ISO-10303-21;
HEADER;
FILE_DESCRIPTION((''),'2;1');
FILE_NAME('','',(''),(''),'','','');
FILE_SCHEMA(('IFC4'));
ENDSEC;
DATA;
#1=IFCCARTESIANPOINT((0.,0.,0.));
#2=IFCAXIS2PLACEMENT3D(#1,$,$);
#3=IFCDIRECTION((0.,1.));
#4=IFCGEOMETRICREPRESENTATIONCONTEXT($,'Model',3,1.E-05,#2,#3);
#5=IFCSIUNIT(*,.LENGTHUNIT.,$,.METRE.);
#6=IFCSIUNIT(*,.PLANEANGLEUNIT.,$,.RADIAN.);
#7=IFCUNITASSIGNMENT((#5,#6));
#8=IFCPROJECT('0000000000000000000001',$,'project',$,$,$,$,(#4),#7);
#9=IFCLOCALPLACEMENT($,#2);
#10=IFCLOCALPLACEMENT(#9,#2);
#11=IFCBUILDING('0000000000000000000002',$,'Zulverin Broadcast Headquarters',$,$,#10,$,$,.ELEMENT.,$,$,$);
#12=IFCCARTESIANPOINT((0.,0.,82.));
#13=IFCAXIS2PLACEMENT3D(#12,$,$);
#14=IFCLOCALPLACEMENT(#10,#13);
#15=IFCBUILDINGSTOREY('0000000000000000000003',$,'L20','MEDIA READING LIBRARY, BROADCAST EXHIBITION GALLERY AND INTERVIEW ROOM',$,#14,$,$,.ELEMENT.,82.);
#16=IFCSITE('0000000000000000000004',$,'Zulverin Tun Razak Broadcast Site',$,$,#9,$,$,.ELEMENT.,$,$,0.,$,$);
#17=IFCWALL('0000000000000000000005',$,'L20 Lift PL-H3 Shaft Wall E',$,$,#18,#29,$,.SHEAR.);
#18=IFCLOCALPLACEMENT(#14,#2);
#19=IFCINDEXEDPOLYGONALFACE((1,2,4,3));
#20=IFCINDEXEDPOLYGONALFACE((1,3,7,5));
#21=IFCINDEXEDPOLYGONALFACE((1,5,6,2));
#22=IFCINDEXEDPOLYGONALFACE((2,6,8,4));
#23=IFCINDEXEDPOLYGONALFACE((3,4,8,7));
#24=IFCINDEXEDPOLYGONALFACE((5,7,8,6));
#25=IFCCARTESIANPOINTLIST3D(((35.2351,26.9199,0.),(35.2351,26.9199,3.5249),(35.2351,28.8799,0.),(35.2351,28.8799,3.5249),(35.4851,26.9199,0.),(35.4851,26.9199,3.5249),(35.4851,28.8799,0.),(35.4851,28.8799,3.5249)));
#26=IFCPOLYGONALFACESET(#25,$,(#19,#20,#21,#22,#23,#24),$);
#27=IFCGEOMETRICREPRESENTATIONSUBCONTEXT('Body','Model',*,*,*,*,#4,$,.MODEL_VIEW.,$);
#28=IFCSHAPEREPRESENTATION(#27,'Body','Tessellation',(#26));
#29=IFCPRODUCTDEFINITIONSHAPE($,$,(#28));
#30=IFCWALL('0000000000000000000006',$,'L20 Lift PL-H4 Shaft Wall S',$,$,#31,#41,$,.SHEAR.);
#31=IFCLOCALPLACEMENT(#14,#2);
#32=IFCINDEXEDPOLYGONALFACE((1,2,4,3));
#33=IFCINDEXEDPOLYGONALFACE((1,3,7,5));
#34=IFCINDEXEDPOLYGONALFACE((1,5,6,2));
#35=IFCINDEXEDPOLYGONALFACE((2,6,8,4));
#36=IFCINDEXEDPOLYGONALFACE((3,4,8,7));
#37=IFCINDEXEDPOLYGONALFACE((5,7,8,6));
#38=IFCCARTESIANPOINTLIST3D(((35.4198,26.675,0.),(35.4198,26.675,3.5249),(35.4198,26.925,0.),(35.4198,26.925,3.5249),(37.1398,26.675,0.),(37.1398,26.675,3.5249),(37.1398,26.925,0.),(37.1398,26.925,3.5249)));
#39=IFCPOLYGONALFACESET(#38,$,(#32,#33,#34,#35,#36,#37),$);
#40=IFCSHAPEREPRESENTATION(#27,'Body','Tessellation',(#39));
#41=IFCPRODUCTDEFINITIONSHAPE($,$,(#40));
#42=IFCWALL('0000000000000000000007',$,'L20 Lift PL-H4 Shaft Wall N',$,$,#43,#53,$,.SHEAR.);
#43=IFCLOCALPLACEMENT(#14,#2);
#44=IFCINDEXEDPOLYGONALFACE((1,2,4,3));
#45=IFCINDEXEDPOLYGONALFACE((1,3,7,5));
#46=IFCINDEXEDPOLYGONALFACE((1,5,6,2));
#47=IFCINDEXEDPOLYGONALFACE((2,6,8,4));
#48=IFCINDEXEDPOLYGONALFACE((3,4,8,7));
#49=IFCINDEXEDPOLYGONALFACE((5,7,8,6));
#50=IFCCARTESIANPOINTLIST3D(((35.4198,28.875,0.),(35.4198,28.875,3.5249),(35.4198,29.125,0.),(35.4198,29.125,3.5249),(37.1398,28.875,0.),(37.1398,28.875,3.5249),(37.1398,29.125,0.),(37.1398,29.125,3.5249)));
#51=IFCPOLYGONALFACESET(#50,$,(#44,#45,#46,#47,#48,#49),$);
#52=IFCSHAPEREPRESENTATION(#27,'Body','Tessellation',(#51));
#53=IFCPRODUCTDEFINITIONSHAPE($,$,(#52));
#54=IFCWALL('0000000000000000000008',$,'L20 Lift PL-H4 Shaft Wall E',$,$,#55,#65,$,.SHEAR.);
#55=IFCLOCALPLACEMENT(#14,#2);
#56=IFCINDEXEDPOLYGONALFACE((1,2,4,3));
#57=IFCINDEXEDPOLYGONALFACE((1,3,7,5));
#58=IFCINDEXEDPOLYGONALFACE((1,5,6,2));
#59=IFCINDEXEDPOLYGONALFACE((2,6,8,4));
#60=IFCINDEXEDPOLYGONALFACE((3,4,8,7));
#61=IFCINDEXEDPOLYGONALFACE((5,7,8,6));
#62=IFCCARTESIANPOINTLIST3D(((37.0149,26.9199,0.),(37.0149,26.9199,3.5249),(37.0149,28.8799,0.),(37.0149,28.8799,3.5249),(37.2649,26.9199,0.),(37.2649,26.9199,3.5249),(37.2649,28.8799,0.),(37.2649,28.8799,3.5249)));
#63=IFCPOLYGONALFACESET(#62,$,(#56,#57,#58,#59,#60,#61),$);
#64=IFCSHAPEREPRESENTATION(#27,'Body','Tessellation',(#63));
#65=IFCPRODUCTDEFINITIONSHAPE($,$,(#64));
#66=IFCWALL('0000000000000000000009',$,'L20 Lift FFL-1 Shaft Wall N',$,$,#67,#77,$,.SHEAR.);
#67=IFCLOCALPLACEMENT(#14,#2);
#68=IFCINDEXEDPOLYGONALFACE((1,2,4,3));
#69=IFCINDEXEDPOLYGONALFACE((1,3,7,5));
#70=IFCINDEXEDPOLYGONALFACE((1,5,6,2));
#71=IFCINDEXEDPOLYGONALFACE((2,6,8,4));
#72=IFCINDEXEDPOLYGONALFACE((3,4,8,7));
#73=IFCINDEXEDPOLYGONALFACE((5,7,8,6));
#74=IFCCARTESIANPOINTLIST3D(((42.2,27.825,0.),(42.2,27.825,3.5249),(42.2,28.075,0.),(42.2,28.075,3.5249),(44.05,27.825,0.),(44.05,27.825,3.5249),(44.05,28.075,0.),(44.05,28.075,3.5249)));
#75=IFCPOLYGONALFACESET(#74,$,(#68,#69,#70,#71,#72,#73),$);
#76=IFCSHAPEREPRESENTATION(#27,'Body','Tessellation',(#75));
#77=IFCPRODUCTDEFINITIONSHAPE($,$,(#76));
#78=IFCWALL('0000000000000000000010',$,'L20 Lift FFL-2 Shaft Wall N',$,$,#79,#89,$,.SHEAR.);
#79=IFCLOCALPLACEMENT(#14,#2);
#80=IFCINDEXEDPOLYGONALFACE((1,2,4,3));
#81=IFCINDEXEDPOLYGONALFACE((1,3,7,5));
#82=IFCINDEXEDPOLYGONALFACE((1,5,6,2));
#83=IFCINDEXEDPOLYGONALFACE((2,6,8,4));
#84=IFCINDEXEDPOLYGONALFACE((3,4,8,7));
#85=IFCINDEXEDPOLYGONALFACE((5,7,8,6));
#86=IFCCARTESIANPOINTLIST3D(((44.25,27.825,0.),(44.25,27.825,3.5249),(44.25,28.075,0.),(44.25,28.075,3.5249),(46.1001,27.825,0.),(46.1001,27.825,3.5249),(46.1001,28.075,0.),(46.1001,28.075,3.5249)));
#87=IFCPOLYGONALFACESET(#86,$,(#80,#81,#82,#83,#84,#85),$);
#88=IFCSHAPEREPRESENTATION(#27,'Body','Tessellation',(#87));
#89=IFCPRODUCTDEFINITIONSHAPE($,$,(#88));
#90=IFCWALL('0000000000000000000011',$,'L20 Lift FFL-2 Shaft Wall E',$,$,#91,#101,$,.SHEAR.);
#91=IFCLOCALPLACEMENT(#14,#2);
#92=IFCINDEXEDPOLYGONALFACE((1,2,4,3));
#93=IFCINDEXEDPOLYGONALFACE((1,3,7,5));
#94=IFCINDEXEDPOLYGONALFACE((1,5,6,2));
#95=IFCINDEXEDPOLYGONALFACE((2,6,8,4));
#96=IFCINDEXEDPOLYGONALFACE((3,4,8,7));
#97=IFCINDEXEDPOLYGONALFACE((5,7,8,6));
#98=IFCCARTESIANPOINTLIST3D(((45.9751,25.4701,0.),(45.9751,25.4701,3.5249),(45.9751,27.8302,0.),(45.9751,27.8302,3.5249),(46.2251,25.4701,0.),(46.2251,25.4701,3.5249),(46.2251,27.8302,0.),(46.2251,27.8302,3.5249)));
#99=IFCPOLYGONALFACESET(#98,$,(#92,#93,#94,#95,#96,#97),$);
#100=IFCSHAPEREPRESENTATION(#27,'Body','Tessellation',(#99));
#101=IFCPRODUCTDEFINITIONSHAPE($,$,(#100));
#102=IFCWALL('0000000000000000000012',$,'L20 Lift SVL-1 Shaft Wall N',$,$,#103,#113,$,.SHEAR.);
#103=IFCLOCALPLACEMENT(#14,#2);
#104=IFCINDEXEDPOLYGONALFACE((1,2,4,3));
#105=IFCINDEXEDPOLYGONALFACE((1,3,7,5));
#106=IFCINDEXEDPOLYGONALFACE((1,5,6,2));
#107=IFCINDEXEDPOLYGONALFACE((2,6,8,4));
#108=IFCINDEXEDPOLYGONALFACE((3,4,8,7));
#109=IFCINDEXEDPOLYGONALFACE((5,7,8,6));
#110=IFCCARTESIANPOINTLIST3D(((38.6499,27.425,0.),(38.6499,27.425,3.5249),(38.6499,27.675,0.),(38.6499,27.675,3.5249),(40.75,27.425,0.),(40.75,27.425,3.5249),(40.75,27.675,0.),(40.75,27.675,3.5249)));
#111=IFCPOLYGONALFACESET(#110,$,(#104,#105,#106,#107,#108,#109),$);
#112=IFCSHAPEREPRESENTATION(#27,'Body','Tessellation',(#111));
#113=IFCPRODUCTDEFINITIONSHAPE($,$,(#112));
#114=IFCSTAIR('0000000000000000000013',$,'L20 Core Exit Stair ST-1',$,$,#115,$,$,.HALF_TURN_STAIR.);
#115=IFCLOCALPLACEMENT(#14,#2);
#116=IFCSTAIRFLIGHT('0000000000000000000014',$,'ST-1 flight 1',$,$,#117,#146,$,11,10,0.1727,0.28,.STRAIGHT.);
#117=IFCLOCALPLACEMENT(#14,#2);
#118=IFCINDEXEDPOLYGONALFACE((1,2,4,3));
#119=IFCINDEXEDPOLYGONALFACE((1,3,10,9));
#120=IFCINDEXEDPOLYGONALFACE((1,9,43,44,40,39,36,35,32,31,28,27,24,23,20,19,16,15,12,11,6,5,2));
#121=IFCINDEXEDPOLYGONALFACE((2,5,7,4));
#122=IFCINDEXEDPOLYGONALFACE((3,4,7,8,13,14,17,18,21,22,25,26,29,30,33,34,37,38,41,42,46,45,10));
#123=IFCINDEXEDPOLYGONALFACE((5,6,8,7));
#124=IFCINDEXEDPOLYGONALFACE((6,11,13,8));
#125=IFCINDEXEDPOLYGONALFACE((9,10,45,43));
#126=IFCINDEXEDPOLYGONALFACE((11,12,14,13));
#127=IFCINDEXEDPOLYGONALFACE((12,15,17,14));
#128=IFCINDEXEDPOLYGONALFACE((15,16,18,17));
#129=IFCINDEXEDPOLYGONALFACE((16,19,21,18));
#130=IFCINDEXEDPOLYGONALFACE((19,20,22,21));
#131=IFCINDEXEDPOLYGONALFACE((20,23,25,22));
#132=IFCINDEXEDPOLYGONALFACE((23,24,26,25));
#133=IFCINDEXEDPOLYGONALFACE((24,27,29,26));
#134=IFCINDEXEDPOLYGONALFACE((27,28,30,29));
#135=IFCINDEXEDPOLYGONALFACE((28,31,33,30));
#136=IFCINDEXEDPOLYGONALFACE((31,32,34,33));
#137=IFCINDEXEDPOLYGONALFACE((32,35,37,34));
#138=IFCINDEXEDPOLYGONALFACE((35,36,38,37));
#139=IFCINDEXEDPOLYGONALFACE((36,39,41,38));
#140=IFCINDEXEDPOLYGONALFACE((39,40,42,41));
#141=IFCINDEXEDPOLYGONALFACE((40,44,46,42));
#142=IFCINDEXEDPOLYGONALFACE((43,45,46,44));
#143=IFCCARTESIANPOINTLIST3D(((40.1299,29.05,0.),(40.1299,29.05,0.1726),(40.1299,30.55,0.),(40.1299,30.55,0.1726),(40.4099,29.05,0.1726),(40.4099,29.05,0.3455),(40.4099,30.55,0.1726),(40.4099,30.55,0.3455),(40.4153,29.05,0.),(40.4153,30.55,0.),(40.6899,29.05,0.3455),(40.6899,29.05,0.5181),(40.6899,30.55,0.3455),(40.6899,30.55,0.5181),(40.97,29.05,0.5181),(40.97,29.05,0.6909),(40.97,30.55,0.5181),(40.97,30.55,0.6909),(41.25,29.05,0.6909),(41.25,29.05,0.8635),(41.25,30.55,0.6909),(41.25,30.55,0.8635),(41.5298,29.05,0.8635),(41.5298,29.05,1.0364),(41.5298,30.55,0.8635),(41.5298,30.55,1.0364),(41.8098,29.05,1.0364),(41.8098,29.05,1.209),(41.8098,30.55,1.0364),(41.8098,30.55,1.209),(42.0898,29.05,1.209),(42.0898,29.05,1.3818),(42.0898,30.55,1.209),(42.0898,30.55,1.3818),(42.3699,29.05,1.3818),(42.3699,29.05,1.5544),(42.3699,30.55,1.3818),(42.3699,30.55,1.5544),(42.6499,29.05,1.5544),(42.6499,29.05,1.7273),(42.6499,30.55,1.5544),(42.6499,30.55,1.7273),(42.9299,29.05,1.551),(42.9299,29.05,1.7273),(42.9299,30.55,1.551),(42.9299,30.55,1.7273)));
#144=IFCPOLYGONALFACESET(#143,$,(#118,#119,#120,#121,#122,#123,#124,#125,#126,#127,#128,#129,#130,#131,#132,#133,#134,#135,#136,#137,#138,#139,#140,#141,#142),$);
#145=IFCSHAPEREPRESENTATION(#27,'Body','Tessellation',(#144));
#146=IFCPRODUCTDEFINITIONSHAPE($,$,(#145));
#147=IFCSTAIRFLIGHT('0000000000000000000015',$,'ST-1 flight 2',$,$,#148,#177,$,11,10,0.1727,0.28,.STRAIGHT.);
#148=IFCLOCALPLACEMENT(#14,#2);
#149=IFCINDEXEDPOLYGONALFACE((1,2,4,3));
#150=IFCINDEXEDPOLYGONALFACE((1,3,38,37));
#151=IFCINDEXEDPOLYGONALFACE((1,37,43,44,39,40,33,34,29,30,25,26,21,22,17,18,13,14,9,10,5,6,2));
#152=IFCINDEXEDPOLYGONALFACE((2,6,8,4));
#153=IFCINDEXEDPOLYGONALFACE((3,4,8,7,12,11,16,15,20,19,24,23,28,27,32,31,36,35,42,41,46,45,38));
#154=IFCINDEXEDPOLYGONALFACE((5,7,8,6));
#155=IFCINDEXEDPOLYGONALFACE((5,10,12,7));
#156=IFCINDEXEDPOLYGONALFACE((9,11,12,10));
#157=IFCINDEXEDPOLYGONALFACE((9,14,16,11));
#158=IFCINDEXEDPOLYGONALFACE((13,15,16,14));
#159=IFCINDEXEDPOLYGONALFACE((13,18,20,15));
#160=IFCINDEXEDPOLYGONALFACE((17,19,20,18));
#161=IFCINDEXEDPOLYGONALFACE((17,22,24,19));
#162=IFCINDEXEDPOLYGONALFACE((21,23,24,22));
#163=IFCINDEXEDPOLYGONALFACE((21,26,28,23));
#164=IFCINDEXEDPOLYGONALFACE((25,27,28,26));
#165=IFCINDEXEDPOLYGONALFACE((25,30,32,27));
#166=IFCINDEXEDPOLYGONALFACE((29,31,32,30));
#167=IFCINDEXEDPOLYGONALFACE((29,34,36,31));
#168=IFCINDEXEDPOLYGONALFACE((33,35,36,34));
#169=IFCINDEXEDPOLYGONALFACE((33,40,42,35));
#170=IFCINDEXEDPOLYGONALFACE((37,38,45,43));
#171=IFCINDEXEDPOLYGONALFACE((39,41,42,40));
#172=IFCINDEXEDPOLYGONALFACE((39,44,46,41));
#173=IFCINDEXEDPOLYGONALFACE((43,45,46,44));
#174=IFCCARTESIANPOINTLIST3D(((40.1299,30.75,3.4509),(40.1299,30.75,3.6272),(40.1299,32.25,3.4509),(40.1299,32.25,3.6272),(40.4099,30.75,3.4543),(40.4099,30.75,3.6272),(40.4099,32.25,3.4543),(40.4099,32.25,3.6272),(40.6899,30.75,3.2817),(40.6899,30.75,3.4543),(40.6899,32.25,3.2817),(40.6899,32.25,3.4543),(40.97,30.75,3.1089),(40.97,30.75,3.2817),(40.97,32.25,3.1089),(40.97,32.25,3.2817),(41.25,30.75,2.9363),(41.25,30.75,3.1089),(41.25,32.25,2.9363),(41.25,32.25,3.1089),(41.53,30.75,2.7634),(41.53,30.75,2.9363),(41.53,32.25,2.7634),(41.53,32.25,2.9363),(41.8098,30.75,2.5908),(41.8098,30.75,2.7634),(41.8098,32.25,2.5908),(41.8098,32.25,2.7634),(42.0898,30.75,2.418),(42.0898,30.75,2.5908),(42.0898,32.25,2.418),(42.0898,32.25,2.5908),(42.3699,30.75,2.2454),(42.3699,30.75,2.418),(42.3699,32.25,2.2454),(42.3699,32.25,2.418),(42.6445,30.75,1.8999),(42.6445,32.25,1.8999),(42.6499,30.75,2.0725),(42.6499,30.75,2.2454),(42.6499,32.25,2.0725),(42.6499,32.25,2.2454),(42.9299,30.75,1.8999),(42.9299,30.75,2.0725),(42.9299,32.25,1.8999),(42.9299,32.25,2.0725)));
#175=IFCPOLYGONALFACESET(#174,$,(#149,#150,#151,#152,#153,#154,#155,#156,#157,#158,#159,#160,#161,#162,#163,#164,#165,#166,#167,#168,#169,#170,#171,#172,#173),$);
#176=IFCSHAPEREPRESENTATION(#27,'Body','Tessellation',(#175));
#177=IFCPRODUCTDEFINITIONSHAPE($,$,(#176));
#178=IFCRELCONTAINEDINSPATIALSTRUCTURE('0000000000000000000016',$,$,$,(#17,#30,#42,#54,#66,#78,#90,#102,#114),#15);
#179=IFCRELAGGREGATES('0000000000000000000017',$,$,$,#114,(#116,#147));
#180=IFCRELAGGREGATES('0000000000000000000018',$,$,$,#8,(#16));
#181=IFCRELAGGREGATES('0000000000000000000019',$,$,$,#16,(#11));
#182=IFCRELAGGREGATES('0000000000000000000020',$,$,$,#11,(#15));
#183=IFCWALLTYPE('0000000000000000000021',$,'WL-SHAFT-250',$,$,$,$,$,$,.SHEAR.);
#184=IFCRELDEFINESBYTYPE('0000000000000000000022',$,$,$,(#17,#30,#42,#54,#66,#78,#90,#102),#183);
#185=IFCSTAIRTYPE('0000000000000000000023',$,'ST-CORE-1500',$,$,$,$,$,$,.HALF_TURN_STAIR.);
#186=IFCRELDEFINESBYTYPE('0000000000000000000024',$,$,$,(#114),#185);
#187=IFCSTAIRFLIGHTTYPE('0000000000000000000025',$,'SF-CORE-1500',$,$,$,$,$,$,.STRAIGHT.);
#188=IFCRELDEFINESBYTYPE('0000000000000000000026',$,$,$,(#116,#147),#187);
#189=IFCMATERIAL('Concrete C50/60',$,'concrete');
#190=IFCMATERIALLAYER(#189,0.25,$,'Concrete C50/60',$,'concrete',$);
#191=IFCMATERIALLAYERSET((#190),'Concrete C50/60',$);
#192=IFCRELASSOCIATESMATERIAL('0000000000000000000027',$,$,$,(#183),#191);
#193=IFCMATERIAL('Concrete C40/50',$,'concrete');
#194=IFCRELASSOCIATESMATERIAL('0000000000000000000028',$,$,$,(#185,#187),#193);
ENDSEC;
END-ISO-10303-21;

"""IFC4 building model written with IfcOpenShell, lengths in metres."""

from ifc_helpers import new_model, si_unit, direction, frame, frame_2d, origin, place, context, subcontext, project, spatial, polyline, rectangle, outline, extrude, material, layer, layer_set, type_object, element, aggregate, save


model = new_model("IFC4")

# Units and contexts
model_context = context("Model", 3, precision=1e-05, world=origin(), true_north=direction((0.0, 1.0)))
body_context = subcontext(model_context, "Body", "Model", "MODEL_VIEW")
ifc_project = project(units=[si_unit("LENGTHUNIT", "METRE"), si_unit("PLANEANGLEUNIT", "RADIAN")], contexts=[model_context])

# Site, building, storey
site_placement = place(None, origin())
site = spatial("IfcSite", under=ifc_project, at=site_placement, Name="Zulverin Tun Razak Broadcast Site", CompositionType="ELEMENT", RefElevation=0.0)
building_placement = place(site_placement, origin())
building = spatial("IfcBuilding", under=site, at=building_placement, Name="Zulverin Broadcast Headquarters", CompositionType="ELEMENT")
storey_placement = place(building_placement, frame((0.0, 0.0, 82.0)))
storey = spatial("IfcBuildingStorey", under=building, at=storey_placement, Name="L20", Description="MEDIA READING LIBRARY, BROADCAST EXHIBITION GALLERY AND INTERVIEW ROOM", CompositionType="ELEMENT", Elevation=82.0)

# Shared definitions
ifc_material_1 = material(Name="Concrete C40/50", Category="concrete")

# Shared definitions
ifc_material_2 = material(Name="Concrete C50/60", Category="concrete")
ifc_layer_1 = layer(ifc_material_2, 0.25, Name="Concrete C50/60", Category="concrete")
ifc_layer_set_1 = layer_set([ifc_layer_1], Name="Concrete C50/60")
wall_type_1 = type_object("IfcWallType", Name="WL-SHAFT-250", PredefinedType="SHEAR", material=ifc_layer_set_1)

# Walls
wall_1_placement = place(storey_placement, frame((35.3601, 26.9199, 0.0), z_axis=(0.0, 0.0, 1.0), x_axis=(0.0, 1.0, 0.0)))
element("IfcWall", 1, at=wall_1_placement, inside=storey, type_object=wall_type_1, Name="L20 Lift PL-H3 Shaft Wall E", PredefinedType="SHEAR", context=body_context, shape_type="SweptSolid", body=[
    extrude(rectangle(XDim=1.96, YDim=0.25, at=frame_2d((0.98, 0.0))), origin(), (0.0, 0.0, 1.0), 3.5249),
])
for number, where, z_axis, x_axis, name in (
    (2, (35.4199, 26.8, 0.0), (0.0, 0.0, 1.0), (1.0, 0.0, 0.0), "L20 Lift PL-H4 Shaft Wall S"),
    (3, (35.4199, 29.0, 0.0), (0.0, 0.0, 1.0), (1.0, 0.0, 0.0), "L20 Lift PL-H4 Shaft Wall N"),
):
    element("IfcWall", number, at=place(storey_placement, frame(where, z_axis=z_axis, x_axis=x_axis)), inside=storey, type_object=wall_type_1, Name=name, PredefinedType="SHEAR", context=body_context, shape_type="SweptSolid", body=[
        extrude(rectangle(XDim=1.72, YDim=0.25, at=frame_2d((0.8599, 0.0))), origin(), (0.0, 0.0, 1.0), 3.5249),
    ])
wall_2_placement = place(storey_placement, frame((37.1399, 26.9199, 0.0), z_axis=(0.0, 0.0, 1.0), x_axis=(0.0, 1.0, 0.0)))
element("IfcWall", 4, at=wall_2_placement, inside=storey, type_object=wall_type_1, Name="L20 Lift PL-H4 Shaft Wall E", PredefinedType="SHEAR", context=body_context, shape_type="SweptSolid", body=[
    extrude(rectangle(XDim=1.96, YDim=0.25, at=frame_2d((0.98, 0.0))), origin(), (0.0, 0.0, 1.0), 3.5249),
])
for number, where, z_axis, x_axis, name in (
    (5, (42.2, 27.95, 0.0), (0.0, 0.0, 1.0), (1.0, 0.0, 0.0), "L20 Lift FFL-1 Shaft Wall N"),
    (6, (44.25, 27.95, 0.0), (0.0, 0.0, 1.0), (1.0, 0.0, 0.0), "L20 Lift FFL-2 Shaft Wall N"),
):
    element("IfcWall", number, at=place(storey_placement, frame(where, z_axis=z_axis, x_axis=x_axis)), inside=storey, type_object=wall_type_1, Name=name, PredefinedType="SHEAR", context=body_context, shape_type="SweptSolid", body=[
        extrude(rectangle(XDim=1.8501, YDim=0.25, at=frame_2d((0.925, 0.0))), origin(), (0.0, 0.0, 1.0), 3.5249),
    ])
wall_3_placement = place(storey_placement, frame((46.1001, 25.47, 0.0), z_axis=(0.0, 0.0, 1.0), x_axis=(0.0, 1.0, 0.0)))
element("IfcWall", 7, at=wall_3_placement, inside=storey, type_object=wall_type_1, Name="L20 Lift FFL-2 Shaft Wall E", PredefinedType="SHEAR", context=body_context, shape_type="SweptSolid", body=[
    extrude(rectangle(XDim=2.3601, YDim=0.25, at=frame_2d((1.1802, 0.0))), origin(), (0.0, 0.0, 1.0), 3.5249),
])
wall_4_placement = place(storey_placement, frame((38.6499, 27.55, 0.0), z_axis=(0.0, 0.0, 1.0), x_axis=(1.0, 0.0, 0.0)))
element("IfcWall", 8, at=wall_4_placement, inside=storey, type_object=wall_type_1, Name="L20 Lift SVL-1 Shaft Wall N", PredefinedType="SHEAR", context=body_context, shape_type="SweptSolid", body=[
    extrude(rectangle(XDim=2.1001, YDim=0.25, at=frame_2d((1.05, 0.0))), origin(), (0.0, 0.0, 1.0), 3.5249),
])

# Stair, stair flights
stair_type = type_object("IfcStairType", Name="ST-CORE-1500", PredefinedType="HALF_TURN_STAIR", material=ifc_material_1)
stair_placement = place(storey_placement, origin())
stair = element("IfcStair", 9, at=stair_placement, inside=storey, type_object=stair_type, Name="L20 Core Exit Stair ST-1", PredefinedType="HALF_TURN_STAIR")
stair_flight_type = type_object("IfcStairFlightType", Name="SF-CORE-1500", PredefinedType="STRAIGHT", material=ifc_material_1)
stair_flight_1_placement = place(storey_placement, frame((40.1299, 29.8, 0.0), z_axis=(0.0, 0.0, 1.0), x_axis=(1.0, 0.0, 0.0)))
stair_flight_1 = element("IfcStairFlight", 10, at=stair_flight_1_placement, type_object=stair_flight_type, Name="ST-1 flight 1", NumberOfRisers=11, NumberOfTreads=10, PredefinedType="STRAIGHT", RiserHeight=0.1727, TreadLength=0.28, context=body_context, shape_type="SweptSolid", body=[
    extrude(outline(polyline([(0.0, 0.0), (0.0, 0.1726), (0.28, 0.1726), (0.28, 0.3455), (0.5601, 0.3455), (0.5601, 0.5181), (0.8401, 0.5181), (0.8401, 0.6909), (1.1201, 0.6909), (1.1201, 0.8635), (1.3999, 0.8635), (1.3999, 1.0364), (1.6799, 1.0364), (1.6799, 1.209), (1.96, 1.209), (1.96, 1.3818), (2.24, 1.3818), (2.24, 1.5544), (2.52, 1.5544), (2.52, 1.7273), (2.8, 1.7273), (2.8, 1.8999), (2.8, 1.551), (0.2854, 0.0), (0.0, 0.0)])), frame((0.0, 0.75, 0.0), z_axis=(0.0, -1.0, 0.0), x_axis=(1.0, 0.0, 0.0)), (0.0, 0.0, 1.0), 1.5),
])
stair_flight_2_placement = place(storey_placement, frame((42.9299, 31.5, 1.8999), z_axis=(0.0, 0.0, 1.0), x_axis=(-1.0, 0.0, 0.0)))
stair_flight_2 = element("IfcStairFlight", 11, at=stair_flight_2_placement, type_object=stair_flight_type, Name="ST-1 flight 2", NumberOfRisers=11, NumberOfTreads=10, PredefinedType="STRAIGHT", RiserHeight=0.1727, TreadLength=0.28, context=body_context, shape_type="SweptSolid", body=[
    extrude(outline(polyline([(0.0, 0.0), (0.0, 0.1726), (0.28, 0.1726), (0.28, 0.3455), (0.5601, 0.3455), (0.5601, 0.5181), (0.8401, 0.5181), (0.8401, 0.6909), (1.1201, 0.6909), (1.1201, 0.8635), (1.3999, 0.8635), (1.3999, 1.0364), (1.6799, 1.0364), (1.6799, 1.209), (1.96, 1.209), (1.96, 1.3818), (2.24, 1.3818), (2.24, 1.5544), (2.52, 1.5544), (2.52, 1.7273), (2.8, 1.7273), (2.8, 1.8999), (2.8, 1.551), (0.2854, 0.0), (0.0, 0.0)])), frame((0.0, 0.75, 0.0), z_axis=(0.0, -1.0, 0.0), x_axis=(1.0, 0.0, 0.0)), (0.0, 0.0, 1.0), 1.5),
])
aggregate(stair, [stair_flight_1, stair_flight_2])

save(model, "model.ifc")
